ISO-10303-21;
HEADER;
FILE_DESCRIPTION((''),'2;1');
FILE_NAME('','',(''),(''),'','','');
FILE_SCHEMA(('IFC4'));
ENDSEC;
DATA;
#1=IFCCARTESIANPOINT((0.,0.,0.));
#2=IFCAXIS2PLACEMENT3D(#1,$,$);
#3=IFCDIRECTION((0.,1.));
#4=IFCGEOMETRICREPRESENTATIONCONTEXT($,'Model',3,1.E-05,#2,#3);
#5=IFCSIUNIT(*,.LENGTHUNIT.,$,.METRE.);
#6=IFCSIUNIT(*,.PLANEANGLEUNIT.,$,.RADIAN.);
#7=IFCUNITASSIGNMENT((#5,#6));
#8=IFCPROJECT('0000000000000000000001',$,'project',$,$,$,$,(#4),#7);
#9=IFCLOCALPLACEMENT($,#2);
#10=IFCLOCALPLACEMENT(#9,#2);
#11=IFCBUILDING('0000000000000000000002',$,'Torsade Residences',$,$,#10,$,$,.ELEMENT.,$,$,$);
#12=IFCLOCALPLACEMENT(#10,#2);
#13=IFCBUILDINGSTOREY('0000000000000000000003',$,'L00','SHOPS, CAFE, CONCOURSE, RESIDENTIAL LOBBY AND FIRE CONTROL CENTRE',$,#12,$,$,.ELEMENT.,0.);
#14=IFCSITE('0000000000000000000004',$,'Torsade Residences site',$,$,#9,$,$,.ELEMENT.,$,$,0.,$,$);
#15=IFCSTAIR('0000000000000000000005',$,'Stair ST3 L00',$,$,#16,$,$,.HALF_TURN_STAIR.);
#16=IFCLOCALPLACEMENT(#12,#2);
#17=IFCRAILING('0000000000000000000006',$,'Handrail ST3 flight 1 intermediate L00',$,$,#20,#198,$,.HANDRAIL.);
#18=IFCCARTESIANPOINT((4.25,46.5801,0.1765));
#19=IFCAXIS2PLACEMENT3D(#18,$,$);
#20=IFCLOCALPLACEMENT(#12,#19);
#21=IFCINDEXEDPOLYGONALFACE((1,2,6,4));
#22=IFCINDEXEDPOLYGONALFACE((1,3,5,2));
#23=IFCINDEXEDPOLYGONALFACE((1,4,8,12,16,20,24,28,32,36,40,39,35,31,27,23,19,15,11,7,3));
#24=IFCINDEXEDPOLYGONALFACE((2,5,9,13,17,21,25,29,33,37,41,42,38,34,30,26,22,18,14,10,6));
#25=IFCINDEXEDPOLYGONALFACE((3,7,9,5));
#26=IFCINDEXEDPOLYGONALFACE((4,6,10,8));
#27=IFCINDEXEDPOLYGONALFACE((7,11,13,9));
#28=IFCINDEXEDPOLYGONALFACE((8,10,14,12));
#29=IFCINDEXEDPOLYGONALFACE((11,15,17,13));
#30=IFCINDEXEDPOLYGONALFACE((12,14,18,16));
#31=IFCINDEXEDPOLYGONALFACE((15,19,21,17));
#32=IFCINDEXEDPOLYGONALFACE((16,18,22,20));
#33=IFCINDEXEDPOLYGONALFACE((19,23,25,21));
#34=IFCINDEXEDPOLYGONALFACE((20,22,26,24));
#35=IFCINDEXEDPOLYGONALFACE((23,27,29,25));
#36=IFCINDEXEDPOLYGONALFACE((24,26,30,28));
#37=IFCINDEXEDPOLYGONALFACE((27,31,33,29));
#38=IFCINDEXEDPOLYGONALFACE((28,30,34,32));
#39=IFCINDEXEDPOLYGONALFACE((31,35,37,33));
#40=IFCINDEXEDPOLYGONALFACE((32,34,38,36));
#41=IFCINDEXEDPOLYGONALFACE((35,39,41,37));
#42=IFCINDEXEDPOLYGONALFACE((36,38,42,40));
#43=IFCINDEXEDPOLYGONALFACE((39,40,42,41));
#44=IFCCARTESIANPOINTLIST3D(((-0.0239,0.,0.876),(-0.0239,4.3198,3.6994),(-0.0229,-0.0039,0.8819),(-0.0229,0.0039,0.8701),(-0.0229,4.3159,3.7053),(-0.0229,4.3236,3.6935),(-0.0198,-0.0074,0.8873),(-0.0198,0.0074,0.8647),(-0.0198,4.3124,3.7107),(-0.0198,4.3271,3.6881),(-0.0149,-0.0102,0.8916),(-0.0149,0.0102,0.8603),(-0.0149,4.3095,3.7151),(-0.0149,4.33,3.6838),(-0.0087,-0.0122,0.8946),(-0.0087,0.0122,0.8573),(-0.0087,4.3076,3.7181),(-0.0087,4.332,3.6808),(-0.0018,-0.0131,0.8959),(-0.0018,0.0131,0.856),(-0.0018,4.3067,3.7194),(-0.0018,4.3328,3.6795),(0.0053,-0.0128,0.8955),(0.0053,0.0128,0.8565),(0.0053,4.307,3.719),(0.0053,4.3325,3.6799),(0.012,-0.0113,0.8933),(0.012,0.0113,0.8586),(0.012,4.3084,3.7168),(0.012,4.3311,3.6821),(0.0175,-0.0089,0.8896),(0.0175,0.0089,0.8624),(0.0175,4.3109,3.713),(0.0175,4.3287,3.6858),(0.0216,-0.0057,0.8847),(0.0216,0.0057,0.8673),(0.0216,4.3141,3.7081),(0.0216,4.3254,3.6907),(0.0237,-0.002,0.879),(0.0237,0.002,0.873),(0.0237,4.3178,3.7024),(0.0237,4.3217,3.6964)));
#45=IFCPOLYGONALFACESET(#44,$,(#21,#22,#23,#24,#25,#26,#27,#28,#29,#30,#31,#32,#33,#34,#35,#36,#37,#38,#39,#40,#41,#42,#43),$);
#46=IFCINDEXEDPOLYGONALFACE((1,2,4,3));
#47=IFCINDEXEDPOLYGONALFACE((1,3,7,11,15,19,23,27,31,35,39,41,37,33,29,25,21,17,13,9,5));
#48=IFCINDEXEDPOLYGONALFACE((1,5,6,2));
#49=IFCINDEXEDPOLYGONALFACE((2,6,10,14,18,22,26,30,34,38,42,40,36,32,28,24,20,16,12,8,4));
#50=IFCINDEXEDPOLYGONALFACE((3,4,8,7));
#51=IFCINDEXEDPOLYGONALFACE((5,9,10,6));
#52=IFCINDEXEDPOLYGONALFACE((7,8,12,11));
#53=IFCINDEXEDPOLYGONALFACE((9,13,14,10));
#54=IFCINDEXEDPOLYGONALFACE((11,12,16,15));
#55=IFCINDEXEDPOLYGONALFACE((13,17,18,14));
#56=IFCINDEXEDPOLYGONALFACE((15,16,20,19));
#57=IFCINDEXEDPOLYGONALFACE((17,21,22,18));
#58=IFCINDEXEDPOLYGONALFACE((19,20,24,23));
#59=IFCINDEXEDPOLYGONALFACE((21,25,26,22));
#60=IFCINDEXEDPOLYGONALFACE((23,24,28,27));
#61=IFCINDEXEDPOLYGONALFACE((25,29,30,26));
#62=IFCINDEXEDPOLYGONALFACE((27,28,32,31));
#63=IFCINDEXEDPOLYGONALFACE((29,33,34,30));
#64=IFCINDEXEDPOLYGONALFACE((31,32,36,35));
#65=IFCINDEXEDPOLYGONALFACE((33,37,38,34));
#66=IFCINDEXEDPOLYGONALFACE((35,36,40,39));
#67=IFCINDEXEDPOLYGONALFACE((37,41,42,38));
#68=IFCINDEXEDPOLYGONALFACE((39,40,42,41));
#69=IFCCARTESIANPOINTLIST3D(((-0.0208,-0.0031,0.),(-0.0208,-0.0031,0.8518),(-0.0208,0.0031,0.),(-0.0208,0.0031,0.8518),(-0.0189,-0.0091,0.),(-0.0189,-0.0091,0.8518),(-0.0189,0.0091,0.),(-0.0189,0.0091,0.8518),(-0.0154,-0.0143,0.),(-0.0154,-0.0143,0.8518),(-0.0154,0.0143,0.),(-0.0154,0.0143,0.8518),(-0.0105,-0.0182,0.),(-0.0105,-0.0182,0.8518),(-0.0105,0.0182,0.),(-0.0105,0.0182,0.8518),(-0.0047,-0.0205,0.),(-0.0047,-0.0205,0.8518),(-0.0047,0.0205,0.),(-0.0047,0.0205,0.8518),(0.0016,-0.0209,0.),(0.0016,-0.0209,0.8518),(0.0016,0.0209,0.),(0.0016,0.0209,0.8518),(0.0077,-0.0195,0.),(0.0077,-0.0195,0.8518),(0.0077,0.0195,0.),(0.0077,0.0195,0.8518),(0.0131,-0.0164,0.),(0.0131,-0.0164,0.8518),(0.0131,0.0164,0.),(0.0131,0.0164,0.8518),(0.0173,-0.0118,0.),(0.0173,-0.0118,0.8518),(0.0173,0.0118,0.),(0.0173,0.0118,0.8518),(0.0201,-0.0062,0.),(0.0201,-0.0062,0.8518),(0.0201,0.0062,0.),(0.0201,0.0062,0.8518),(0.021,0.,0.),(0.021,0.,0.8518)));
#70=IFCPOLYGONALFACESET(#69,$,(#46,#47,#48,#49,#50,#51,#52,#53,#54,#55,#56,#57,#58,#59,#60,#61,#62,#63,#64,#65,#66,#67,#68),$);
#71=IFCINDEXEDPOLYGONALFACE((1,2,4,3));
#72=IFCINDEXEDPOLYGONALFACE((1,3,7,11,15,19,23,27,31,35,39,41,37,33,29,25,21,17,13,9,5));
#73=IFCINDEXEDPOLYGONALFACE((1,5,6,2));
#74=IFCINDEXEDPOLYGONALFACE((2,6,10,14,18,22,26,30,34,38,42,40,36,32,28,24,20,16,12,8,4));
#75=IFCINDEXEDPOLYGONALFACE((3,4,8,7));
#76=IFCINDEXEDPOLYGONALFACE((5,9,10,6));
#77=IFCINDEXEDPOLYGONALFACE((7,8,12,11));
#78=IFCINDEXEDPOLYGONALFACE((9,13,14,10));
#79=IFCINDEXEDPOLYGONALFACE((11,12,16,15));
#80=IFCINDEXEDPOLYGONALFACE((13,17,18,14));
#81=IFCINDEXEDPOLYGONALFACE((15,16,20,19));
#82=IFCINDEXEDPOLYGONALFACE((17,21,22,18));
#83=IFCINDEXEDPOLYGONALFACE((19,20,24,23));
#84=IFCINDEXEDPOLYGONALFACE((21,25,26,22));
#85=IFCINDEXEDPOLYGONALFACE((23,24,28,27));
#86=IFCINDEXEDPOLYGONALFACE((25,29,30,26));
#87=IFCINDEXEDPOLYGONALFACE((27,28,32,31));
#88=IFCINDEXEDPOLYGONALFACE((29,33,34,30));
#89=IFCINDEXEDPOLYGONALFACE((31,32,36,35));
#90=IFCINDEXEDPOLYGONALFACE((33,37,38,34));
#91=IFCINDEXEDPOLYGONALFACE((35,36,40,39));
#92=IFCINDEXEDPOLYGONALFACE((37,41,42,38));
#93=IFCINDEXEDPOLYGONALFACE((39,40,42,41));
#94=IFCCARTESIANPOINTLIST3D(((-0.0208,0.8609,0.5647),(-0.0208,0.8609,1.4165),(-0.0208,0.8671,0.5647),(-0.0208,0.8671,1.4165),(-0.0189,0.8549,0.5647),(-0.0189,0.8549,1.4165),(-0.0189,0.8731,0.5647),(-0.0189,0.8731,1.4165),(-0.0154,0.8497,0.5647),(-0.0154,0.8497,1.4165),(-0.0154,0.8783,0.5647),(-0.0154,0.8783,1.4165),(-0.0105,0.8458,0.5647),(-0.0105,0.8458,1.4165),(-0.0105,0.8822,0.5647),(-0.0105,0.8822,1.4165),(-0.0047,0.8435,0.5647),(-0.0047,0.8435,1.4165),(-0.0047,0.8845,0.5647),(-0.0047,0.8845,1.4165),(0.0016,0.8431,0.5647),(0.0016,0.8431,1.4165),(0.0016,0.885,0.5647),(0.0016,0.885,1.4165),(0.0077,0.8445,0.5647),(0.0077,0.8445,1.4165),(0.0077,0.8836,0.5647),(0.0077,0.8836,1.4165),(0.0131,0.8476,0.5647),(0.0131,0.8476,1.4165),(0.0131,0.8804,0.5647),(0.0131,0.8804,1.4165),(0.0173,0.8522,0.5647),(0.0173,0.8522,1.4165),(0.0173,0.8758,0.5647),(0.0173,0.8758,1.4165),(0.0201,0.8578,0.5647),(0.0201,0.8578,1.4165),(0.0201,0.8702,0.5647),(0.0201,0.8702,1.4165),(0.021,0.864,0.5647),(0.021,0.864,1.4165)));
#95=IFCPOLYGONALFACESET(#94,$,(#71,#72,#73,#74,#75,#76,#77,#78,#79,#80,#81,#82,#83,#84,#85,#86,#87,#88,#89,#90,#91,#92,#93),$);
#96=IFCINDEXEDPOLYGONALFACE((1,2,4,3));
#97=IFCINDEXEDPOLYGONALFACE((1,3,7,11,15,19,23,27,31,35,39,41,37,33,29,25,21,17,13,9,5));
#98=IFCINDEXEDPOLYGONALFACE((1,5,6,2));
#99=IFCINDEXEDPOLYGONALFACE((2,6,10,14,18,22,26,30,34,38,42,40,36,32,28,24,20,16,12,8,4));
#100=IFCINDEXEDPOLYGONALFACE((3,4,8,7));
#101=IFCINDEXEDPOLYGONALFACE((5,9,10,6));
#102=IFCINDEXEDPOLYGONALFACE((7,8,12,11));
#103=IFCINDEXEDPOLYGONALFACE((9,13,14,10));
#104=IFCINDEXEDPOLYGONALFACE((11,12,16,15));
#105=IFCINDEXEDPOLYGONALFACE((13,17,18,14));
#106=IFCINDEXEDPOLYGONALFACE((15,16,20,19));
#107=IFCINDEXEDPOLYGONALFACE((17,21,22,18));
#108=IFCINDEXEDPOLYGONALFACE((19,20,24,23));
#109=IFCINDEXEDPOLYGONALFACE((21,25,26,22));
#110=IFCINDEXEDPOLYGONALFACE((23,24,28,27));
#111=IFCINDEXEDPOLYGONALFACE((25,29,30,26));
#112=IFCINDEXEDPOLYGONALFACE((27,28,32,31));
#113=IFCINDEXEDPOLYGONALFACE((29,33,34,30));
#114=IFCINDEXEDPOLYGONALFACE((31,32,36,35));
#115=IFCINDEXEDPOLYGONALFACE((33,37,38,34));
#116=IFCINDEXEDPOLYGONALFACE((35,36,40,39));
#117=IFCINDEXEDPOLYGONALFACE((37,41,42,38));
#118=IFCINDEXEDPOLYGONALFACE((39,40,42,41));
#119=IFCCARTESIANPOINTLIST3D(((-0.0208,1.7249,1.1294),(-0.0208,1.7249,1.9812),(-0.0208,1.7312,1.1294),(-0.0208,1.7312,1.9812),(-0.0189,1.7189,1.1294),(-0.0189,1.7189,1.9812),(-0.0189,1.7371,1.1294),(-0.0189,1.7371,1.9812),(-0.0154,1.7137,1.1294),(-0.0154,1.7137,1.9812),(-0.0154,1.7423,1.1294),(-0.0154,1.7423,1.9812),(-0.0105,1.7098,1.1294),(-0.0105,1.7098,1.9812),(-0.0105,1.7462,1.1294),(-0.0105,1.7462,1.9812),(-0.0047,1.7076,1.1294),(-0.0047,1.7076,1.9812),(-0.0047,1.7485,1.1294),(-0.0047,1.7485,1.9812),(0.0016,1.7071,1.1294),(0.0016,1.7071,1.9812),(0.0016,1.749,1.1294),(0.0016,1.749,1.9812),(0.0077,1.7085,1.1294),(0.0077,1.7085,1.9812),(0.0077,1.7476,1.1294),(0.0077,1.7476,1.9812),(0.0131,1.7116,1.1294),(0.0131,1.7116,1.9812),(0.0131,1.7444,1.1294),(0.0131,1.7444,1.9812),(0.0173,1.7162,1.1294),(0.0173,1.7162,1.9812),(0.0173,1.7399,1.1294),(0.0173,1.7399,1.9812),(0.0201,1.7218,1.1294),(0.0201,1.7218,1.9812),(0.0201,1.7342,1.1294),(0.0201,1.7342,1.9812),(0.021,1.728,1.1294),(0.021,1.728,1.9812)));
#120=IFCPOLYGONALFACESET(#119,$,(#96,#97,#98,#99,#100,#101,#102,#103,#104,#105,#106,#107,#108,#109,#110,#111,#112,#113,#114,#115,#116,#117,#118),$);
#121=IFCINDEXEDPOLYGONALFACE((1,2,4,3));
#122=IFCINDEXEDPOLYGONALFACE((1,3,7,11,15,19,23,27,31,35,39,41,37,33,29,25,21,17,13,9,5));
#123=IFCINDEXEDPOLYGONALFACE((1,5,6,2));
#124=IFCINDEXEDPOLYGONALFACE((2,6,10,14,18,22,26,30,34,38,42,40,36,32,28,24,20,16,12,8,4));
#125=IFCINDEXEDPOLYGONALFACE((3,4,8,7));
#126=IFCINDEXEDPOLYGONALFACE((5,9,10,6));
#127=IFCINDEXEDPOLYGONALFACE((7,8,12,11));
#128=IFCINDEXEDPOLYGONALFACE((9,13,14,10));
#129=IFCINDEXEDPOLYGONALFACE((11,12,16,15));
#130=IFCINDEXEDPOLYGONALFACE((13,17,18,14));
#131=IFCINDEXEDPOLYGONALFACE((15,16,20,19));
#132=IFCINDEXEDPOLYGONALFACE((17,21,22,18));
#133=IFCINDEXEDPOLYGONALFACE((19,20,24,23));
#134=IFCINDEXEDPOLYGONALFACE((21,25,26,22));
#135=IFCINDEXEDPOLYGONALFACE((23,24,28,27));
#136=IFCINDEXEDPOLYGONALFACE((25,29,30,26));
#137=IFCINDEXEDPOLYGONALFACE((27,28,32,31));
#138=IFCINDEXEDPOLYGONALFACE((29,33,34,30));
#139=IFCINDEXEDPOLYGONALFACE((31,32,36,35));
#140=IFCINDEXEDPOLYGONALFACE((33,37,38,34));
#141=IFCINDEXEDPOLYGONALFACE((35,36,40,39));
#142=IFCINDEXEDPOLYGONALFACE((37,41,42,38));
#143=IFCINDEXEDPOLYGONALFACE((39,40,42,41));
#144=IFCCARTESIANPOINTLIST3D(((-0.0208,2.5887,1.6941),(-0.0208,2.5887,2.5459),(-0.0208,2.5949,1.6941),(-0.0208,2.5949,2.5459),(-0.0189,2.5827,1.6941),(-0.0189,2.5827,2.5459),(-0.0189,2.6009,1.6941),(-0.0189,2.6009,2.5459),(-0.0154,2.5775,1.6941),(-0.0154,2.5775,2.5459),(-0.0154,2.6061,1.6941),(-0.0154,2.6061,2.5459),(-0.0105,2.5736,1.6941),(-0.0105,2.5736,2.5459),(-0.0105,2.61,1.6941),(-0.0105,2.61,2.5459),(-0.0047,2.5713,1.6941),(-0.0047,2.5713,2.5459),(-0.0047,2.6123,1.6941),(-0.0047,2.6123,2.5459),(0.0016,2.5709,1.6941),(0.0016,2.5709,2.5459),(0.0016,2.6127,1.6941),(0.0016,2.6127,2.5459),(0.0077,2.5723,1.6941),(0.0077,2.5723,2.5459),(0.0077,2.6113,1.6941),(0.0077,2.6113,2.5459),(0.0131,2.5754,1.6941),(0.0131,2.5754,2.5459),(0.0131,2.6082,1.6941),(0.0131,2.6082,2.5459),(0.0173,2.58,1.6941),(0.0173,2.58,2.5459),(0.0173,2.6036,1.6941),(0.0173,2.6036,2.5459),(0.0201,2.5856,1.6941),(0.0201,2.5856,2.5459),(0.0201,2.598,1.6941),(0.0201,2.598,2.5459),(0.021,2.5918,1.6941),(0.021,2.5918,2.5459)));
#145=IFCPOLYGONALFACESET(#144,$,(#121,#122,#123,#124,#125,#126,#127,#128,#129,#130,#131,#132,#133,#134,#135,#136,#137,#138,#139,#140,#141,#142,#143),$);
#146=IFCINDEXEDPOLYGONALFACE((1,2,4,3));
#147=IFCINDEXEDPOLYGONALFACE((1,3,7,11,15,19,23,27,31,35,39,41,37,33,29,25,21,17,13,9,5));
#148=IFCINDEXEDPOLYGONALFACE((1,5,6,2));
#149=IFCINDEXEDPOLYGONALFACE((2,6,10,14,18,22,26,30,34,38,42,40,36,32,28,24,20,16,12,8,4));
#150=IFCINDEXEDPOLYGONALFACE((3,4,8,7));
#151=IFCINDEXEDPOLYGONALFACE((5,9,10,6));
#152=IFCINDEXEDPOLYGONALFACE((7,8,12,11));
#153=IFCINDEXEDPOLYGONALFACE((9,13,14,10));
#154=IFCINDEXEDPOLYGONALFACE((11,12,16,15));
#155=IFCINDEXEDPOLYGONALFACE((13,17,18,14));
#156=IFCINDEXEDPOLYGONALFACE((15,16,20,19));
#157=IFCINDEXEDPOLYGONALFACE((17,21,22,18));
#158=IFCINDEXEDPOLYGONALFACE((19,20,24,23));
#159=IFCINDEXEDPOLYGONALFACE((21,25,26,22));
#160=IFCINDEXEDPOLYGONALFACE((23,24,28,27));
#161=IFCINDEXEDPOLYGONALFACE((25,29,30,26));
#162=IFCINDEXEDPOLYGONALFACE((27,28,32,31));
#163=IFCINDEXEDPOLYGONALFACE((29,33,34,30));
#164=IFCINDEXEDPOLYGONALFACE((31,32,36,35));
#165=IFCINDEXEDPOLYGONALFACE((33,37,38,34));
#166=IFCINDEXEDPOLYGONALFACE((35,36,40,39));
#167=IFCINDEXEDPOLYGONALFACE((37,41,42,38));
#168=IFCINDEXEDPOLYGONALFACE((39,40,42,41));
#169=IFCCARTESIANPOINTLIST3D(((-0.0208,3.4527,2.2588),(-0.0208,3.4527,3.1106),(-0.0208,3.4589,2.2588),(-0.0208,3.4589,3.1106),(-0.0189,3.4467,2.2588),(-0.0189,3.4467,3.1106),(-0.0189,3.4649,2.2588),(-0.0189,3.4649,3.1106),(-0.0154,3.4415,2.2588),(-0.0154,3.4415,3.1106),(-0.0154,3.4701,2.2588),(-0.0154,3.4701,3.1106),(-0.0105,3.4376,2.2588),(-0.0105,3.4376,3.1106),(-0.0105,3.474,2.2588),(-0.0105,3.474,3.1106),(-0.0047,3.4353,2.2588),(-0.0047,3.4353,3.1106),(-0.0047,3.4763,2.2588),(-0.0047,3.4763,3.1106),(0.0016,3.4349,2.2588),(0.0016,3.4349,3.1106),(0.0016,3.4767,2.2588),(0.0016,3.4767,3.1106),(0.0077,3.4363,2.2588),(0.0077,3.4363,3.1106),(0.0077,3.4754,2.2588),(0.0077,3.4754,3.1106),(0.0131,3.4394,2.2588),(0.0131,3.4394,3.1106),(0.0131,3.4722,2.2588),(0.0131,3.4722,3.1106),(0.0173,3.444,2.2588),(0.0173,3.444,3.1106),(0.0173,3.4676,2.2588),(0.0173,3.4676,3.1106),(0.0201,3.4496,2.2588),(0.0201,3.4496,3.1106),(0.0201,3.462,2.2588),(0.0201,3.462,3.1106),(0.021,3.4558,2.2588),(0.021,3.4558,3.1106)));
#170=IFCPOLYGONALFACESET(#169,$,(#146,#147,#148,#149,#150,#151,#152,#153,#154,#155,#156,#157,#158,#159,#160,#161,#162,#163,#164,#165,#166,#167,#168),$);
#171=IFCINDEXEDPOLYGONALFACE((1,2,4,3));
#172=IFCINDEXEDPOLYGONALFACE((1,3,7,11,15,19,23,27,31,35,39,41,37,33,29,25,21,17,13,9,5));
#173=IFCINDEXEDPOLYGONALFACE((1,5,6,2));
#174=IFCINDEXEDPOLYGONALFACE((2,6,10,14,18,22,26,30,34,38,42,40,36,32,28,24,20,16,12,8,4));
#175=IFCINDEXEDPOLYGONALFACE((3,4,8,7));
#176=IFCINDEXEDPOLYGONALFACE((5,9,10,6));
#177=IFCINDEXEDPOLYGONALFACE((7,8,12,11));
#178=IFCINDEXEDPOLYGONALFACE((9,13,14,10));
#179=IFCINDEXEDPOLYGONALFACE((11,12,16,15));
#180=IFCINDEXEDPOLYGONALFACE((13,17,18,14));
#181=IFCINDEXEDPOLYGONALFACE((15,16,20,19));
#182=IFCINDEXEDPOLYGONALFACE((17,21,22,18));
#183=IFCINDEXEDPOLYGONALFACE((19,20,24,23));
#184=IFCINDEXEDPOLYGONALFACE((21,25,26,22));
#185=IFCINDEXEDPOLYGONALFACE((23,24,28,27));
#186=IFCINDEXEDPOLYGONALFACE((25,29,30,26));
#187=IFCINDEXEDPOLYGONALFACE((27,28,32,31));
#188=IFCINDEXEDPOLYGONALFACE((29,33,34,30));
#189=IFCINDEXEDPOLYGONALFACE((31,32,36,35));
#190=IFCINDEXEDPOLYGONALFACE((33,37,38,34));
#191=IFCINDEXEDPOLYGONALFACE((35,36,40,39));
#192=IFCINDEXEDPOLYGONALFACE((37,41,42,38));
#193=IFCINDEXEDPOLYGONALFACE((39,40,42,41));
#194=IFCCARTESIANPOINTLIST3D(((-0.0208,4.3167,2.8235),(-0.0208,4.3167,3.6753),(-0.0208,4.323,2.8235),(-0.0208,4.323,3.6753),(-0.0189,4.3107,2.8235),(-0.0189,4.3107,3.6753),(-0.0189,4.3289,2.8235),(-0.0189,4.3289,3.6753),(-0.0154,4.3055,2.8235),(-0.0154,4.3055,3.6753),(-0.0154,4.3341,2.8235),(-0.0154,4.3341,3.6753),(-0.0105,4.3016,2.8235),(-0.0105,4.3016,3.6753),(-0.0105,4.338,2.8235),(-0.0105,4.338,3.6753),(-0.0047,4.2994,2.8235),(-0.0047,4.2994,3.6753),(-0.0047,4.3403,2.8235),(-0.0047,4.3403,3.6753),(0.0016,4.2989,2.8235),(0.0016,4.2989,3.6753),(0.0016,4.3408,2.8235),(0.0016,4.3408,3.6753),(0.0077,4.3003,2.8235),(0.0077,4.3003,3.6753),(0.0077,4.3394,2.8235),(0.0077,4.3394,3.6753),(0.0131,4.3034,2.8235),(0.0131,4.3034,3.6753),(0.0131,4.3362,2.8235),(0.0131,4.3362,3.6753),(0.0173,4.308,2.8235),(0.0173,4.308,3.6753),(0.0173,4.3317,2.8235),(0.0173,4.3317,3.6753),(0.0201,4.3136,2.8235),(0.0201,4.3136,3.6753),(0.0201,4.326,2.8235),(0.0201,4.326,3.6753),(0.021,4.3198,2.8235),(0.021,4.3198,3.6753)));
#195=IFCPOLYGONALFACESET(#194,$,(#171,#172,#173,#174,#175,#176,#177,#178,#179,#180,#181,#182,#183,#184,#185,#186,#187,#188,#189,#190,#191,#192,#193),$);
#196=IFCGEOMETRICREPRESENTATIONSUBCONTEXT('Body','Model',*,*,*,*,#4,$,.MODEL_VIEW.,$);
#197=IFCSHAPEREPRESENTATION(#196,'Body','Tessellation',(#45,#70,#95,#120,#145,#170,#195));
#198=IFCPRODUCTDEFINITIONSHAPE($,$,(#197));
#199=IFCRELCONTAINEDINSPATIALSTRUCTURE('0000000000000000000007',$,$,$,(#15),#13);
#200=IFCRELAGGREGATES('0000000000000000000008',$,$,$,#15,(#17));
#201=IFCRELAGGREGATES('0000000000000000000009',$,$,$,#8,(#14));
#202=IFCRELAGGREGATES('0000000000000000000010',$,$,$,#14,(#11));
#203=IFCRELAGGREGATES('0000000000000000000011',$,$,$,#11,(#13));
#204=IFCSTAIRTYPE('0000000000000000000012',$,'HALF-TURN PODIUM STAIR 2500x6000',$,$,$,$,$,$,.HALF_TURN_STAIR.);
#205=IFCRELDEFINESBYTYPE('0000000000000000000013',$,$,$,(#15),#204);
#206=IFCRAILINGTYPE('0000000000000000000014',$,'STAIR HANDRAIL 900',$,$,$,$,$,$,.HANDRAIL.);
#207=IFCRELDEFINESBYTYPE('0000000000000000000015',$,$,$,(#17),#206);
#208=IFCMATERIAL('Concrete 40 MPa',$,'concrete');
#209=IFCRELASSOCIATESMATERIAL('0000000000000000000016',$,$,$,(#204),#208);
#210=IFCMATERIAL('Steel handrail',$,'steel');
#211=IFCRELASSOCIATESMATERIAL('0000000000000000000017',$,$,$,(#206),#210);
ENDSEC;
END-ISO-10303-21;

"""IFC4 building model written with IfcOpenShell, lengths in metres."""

from ifc_helpers import new_model, si_unit, direction, frame, origin, origin_2d, place, context, subcontext, project, spatial, circle, extrude, material, type_object, element, aggregate, save


model = new_model("IFC4")

# Units and contexts
model_context = context("Model", 3, precision=1e-05, world=origin(), true_north=direction((0.0, 1.0)))
body_context = subcontext(model_context, "Body", "Model", "MODEL_VIEW")
ifc_project = project(units=[si_unit("LENGTHUNIT", "METRE"), si_unit("PLANEANGLEUNIT", "RADIAN")], contexts=[model_context])

# Site, building, storey
site_placement = place(None, origin())
site = spatial("IfcSite", under=ifc_project, at=site_placement, Name="Torsade Residences site", CompositionType="ELEMENT", RefElevation=0.0)
building_placement = place(site_placement, origin())
building = spatial("IfcBuilding", under=site, at=building_placement, Name="Torsade Residences", CompositionType="ELEMENT")
storey_placement = place(building_placement, origin())
storey = spatial("IfcBuildingStorey", under=building, at=storey_placement, Name="L00", Description="SHOPS, CAFE, CONCOURSE, RESIDENTIAL LOBBY AND FIRE CONTROL CENTRE", CompositionType="ELEMENT", Elevation=0.0)

# Stair, railing
ifc_material_1 = material(Name="Concrete 40 MPa", Category="concrete")
stair_type = type_object("IfcStairType", Name="HALF-TURN PODIUM STAIR 2500x6000", PredefinedType="HALF_TURN_STAIR", material=ifc_material_1)
stair_placement = place(storey_placement, origin())
stair = element("IfcStair", 1, at=stair_placement, inside=storey, type_object=stair_type, Name="Stair ST3 L00", PredefinedType="HALF_TURN_STAIR")
ifc_material_2 = material(Name="Steel handrail", Category="steel")
railing_type = type_object("IfcRailingType", Name="STAIR HANDRAIL 900", PredefinedType="HANDRAIL", material=ifc_material_2)
railing_1_placement = place(storey_placement, frame((4.25, 46.5801, 0.1765)))
railing_1 = element("IfcRailing", 2, at=railing_1_placement, type_object=railing_type, Name="Handrail ST3 flight 1 intermediate L00", PredefinedType="HANDRAIL", context=body_context, shape_type="SweptSolid", body=[
    extrude(circle(Radius=0.0239, at=origin_2d()), frame((0.0, 0.0, 0.876), z_axis=(0.0, 0.83706, 0.547112), x_axis=(-1.0, 0.0, 0.0)), (0.0, 0.0, 1.0), 5.1606),
    extrude(circle(Radius=0.021, at=origin_2d()), origin(), (0.0, 0.0, 1.0), 0.8518),
    extrude(circle(Radius=0.021, at=origin_2d()), frame((0.0, 0.864, 0.5647)), (0.0, 0.0, 1.0), 0.8518),
    extrude(circle(Radius=0.021, at=origin_2d()), frame((0.0, 1.728, 1.1294)), (0.0, 0.0, 1.0), 0.8518),
    extrude(circle(Radius=0.021, at=origin_2d()), frame((0.0, 2.5918, 1.6941)), (0.0, 0.0, 1.0), 0.8518),
    extrude(circle(Radius=0.021, at=origin_2d()), frame((0.0, 3.4558, 2.2588)), (0.0, 0.0, 1.0), 0.8518),
    extrude(circle(Radius=0.021, at=origin_2d()), frame((0.0, 4.3198, 2.8235)), (0.0, 0.0, 1.0), 0.8518),
])
aggregate(stair, [railing_1])

save(model, "model.ifc")
